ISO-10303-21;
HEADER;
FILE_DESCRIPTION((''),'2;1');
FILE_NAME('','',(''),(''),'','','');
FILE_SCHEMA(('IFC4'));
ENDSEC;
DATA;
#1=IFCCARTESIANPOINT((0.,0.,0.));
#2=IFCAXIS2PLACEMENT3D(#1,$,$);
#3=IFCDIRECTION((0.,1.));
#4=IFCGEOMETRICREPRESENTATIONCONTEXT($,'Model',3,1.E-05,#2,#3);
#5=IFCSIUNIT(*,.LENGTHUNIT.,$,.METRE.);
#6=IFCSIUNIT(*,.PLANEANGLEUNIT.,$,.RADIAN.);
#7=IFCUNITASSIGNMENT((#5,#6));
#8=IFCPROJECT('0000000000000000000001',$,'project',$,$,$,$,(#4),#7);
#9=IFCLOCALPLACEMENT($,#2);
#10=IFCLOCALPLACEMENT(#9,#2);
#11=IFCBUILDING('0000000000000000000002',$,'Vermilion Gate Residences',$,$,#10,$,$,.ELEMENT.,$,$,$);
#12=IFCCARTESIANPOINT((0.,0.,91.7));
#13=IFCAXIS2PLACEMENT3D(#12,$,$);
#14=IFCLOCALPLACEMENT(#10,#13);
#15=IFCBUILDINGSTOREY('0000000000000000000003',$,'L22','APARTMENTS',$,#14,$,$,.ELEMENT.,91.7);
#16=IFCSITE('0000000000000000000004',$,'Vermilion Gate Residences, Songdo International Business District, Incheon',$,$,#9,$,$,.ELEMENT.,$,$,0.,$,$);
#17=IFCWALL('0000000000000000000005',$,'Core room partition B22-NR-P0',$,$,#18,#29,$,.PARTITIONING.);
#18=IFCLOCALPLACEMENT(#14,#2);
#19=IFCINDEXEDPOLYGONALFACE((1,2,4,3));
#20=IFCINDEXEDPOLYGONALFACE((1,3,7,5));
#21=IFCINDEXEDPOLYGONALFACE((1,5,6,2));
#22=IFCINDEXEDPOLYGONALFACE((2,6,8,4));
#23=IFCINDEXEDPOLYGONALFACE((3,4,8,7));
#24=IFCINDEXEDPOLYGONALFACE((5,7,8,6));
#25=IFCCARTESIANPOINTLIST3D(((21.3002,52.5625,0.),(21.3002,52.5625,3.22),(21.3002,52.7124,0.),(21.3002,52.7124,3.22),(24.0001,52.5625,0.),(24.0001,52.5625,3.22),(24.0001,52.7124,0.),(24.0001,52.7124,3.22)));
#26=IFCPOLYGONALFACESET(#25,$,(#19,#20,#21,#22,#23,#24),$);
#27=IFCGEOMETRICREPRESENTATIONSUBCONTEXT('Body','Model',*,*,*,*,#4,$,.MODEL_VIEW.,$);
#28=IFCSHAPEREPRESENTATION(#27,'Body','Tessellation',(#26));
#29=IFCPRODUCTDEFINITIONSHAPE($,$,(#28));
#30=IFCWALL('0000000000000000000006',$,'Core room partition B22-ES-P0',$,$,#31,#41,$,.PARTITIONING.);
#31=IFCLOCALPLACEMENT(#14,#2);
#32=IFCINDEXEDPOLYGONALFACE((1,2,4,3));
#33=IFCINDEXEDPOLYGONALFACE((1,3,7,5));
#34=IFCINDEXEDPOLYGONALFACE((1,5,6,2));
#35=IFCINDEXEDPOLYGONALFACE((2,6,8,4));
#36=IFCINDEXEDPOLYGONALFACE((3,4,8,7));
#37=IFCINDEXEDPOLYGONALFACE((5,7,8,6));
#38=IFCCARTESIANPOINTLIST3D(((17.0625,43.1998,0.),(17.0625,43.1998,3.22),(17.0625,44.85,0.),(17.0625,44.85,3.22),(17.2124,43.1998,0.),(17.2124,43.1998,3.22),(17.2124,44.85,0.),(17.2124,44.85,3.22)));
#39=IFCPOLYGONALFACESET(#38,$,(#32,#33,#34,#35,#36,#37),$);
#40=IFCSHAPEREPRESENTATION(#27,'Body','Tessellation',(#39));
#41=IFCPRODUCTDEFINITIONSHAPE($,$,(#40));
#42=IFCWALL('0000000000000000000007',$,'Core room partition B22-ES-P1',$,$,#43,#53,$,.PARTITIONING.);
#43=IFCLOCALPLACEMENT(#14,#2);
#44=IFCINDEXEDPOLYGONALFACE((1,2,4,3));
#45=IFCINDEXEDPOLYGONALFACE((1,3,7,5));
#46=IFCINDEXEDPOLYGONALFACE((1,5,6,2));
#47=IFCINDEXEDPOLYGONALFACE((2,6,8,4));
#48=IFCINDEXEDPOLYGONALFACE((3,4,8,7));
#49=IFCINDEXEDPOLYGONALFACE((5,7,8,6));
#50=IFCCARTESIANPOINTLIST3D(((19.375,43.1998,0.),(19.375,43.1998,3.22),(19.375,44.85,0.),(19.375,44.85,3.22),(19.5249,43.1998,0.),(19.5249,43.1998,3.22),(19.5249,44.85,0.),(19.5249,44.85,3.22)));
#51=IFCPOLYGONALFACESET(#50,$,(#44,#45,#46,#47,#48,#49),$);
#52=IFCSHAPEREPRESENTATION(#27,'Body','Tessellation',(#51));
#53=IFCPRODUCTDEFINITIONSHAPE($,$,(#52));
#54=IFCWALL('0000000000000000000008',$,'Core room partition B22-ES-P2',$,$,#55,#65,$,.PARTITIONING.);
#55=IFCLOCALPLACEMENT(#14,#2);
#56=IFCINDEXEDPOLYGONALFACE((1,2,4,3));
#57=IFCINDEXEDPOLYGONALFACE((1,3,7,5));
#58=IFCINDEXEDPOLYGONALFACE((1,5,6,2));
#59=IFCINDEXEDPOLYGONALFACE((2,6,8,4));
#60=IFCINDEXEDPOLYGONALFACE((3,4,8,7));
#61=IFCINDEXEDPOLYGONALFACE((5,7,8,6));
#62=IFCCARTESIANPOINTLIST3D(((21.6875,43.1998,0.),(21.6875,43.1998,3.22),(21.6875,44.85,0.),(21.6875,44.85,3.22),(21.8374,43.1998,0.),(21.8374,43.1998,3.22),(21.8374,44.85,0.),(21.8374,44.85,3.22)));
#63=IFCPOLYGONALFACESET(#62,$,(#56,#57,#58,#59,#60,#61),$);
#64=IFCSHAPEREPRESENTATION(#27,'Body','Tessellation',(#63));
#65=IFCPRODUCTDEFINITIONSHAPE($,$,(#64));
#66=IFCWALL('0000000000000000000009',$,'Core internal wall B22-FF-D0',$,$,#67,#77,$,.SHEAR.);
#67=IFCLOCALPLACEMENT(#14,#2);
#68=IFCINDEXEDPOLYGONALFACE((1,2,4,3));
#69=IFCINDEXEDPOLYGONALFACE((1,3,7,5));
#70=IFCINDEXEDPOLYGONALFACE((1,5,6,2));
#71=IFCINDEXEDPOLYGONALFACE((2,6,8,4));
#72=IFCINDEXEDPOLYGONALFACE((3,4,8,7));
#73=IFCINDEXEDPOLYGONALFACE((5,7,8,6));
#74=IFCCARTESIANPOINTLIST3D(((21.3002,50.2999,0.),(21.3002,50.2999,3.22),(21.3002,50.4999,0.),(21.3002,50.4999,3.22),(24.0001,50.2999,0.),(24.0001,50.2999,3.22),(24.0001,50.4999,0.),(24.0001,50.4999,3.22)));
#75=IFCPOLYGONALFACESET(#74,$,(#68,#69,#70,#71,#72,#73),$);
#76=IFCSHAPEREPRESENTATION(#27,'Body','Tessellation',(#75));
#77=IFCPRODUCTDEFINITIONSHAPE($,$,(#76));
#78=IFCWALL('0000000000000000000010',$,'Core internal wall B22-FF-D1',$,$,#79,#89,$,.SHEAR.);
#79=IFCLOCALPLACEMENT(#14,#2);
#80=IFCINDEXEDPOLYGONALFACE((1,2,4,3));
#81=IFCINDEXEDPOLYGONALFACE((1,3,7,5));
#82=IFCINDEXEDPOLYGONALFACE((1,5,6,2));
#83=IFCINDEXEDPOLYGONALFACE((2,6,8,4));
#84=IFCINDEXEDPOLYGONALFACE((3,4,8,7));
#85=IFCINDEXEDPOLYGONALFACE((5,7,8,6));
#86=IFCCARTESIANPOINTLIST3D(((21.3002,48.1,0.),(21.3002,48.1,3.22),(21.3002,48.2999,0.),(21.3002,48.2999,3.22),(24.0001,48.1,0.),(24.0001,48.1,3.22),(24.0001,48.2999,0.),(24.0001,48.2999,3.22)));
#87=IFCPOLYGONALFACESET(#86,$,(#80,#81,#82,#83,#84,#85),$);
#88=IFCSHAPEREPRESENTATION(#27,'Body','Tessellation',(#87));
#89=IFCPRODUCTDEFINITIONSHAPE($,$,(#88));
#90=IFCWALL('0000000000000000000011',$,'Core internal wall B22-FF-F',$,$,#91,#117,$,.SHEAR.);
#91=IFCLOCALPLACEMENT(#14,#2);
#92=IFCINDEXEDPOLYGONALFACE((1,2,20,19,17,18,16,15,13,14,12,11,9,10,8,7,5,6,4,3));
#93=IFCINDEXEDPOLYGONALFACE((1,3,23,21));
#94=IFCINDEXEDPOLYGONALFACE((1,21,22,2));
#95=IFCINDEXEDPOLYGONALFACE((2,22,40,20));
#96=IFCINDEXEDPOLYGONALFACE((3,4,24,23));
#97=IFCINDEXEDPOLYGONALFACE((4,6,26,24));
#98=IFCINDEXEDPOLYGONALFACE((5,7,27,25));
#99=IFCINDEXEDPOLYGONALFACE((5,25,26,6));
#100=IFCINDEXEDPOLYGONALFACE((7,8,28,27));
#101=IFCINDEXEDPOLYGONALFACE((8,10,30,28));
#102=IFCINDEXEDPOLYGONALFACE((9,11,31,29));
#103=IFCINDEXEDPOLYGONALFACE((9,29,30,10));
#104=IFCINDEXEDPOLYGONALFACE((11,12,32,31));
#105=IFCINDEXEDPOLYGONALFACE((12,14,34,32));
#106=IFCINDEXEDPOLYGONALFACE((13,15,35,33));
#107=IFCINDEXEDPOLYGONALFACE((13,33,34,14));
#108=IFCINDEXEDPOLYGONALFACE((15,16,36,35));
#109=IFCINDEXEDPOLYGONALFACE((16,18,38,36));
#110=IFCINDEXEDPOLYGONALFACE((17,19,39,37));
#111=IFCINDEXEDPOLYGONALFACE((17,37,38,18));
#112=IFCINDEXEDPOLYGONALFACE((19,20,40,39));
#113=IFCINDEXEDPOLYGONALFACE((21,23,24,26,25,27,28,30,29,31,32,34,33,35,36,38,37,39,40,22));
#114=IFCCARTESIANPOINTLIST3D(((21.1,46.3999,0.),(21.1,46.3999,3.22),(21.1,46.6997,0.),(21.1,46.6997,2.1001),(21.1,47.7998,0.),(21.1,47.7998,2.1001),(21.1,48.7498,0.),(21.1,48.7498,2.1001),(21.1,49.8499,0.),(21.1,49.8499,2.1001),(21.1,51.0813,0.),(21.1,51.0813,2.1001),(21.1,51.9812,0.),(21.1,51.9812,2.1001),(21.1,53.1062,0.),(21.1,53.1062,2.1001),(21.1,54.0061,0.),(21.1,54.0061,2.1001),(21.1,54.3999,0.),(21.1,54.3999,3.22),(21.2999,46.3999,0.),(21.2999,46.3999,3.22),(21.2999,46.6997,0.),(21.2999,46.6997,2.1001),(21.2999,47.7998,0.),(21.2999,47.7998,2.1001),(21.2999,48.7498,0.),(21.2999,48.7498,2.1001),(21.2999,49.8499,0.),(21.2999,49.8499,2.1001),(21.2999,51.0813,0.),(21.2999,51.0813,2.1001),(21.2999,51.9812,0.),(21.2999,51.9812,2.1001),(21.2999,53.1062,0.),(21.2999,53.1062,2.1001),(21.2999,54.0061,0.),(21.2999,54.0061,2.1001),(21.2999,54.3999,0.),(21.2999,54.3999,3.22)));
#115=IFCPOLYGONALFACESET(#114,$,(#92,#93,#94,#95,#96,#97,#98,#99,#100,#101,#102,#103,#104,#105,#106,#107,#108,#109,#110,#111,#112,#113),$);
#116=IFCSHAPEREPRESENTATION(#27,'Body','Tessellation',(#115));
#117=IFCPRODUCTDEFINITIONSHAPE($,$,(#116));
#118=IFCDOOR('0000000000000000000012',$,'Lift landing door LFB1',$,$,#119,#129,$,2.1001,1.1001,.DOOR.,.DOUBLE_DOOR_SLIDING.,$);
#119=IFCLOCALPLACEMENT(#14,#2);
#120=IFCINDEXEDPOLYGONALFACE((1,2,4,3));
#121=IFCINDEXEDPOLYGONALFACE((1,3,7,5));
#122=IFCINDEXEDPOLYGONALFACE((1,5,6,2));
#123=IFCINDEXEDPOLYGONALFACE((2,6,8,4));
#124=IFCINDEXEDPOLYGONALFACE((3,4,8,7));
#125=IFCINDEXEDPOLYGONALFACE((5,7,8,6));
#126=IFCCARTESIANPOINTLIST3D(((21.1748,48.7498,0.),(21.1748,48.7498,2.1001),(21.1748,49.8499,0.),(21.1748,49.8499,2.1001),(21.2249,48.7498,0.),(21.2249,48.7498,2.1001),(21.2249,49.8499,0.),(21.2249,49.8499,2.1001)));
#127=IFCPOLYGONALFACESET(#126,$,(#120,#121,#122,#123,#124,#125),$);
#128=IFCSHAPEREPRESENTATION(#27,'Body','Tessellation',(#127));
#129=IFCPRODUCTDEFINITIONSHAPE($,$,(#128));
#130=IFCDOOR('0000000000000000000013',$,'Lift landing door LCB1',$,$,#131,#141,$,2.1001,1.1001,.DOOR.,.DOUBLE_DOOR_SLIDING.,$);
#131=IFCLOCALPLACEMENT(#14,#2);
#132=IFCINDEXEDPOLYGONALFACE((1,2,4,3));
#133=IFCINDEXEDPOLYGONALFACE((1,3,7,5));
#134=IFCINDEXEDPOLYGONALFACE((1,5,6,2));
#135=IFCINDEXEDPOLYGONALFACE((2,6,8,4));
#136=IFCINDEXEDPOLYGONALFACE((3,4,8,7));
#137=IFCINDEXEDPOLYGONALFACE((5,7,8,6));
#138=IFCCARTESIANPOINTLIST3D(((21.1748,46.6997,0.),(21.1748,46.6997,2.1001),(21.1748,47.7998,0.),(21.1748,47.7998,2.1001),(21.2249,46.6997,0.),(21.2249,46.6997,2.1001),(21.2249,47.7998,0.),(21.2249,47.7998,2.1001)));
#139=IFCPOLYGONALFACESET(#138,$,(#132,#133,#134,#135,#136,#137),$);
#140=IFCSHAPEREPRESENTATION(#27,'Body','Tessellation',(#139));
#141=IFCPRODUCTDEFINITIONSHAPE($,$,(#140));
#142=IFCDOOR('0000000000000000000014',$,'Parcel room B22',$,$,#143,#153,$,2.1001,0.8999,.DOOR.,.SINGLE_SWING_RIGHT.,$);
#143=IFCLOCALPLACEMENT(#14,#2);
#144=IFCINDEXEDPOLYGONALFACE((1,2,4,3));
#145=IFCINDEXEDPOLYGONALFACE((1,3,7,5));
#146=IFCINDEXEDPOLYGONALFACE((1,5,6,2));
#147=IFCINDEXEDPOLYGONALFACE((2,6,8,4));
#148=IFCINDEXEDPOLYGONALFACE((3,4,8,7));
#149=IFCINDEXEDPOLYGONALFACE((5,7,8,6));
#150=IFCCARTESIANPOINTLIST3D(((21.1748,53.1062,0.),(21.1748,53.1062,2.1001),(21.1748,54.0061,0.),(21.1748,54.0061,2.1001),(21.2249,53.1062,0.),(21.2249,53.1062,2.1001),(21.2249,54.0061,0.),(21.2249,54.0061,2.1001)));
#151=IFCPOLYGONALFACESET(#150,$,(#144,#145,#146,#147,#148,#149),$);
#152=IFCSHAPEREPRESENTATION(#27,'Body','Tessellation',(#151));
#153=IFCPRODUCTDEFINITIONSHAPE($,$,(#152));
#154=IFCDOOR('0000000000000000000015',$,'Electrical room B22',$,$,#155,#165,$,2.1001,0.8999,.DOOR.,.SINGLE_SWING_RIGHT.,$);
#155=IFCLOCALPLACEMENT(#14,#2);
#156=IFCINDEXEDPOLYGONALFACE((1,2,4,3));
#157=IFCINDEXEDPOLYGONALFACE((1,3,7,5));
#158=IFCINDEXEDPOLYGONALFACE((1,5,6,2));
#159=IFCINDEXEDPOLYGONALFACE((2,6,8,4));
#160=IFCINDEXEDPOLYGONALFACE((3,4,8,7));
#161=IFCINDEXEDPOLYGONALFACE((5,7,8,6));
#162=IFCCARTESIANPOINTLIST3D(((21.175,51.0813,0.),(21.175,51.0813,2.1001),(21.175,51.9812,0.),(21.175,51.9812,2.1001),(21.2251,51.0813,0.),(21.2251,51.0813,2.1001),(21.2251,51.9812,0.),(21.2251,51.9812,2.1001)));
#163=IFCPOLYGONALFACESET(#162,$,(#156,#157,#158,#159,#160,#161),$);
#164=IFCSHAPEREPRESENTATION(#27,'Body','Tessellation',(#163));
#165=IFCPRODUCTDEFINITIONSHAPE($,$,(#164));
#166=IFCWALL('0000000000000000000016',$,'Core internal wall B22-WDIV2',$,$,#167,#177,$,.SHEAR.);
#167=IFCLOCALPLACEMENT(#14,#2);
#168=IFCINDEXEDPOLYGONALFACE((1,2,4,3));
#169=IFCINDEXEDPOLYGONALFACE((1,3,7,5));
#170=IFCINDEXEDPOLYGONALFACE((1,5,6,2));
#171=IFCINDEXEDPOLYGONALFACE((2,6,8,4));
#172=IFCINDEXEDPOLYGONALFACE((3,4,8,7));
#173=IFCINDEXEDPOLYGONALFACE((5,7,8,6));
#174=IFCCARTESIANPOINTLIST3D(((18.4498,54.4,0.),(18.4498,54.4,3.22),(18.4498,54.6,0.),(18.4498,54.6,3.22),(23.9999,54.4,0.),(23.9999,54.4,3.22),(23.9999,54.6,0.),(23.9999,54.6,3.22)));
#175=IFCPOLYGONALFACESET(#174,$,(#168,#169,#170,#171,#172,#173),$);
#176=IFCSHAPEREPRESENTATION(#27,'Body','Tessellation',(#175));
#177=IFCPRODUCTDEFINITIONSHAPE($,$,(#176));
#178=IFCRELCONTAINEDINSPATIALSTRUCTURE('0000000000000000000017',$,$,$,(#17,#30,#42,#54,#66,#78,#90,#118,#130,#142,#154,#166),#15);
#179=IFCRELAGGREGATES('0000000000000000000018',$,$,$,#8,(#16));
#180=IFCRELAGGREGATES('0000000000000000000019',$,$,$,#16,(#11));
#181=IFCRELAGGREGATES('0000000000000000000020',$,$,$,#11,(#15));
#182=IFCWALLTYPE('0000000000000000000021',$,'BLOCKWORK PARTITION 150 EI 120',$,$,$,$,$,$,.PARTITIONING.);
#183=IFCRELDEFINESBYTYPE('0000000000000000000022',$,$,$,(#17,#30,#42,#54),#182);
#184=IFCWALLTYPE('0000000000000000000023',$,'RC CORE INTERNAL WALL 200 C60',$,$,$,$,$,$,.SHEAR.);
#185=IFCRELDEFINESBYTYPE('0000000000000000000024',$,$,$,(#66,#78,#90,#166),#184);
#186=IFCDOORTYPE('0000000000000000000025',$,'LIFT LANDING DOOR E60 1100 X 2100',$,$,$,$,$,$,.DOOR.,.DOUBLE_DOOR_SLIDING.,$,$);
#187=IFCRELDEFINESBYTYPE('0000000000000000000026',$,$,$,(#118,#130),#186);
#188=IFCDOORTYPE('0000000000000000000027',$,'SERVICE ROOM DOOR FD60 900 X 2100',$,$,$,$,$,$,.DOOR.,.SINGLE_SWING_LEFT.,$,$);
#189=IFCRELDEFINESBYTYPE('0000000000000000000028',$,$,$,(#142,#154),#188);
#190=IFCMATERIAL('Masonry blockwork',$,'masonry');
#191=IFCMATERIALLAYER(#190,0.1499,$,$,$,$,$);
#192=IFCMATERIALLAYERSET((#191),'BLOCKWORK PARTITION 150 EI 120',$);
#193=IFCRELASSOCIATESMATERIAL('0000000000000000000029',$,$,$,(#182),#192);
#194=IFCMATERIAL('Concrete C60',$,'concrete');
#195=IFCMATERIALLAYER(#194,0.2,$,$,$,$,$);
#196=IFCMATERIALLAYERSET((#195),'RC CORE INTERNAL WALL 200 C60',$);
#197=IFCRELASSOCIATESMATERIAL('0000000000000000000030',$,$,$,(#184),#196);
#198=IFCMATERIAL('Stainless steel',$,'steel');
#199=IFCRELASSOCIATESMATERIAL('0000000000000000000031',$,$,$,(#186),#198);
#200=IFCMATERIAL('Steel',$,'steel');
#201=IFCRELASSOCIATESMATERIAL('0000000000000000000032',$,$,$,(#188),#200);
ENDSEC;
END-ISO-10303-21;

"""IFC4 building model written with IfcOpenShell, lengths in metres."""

from ifc_helpers import new_model, si_unit, direction, frame, frame_2d, origin, place, context, subcontext, project, spatial, rectangle, extrude, material, layer, layer_set, type_object, element, fill, save


model = new_model("IFC4")

# Units and contexts
model_context = context("Model", 3, precision=1e-05, world=origin(), true_north=direction((0.0, 1.0)))
body_context = subcontext(model_context, "Body", "Model", "MODEL_VIEW")
ifc_project = project(units=[si_unit("LENGTHUNIT", "METRE"), si_unit("PLANEANGLEUNIT", "RADIAN")], contexts=[model_context])

# Site, building, storey
site_placement = place(None, origin())
site = spatial("IfcSite", under=ifc_project, at=site_placement, Name="Vermilion Gate Residences, Songdo International Business District, Incheon", CompositionType="ELEMENT", RefElevation=0.0)
building_placement = place(site_placement, origin())
building = spatial("IfcBuilding", under=site, at=building_placement, Name="Vermilion Gate Residences", CompositionType="ELEMENT")
storey_placement = place(building_placement, frame((0.0, 0.0, 91.7)))
storey = spatial("IfcBuildingStorey", under=building, at=storey_placement, Name="L22", Description="APARTMENTS", CompositionType="ELEMENT", Elevation=91.7)

# Walls
ifc_material_1 = material(Name="Masonry blockwork", Category="masonry")
ifc_layer_1 = layer(ifc_material_1, 0.1499)
ifc_layer_set_1 = layer_set([ifc_layer_1], Name="BLOCKWORK PARTITION 150 EI 120")
wall_type_1 = type_object("IfcWallType", Name="BLOCKWORK PARTITION 150 EI 120", PredefinedType="PARTITIONING", material=ifc_layer_set_1)
wall_1_placement = place(storey_placement, frame((21.3, 52.6375, 0.0), z_axis=(0.0, 0.0, 1.0), x_axis=(1.0, 0.0, 0.0)))
element("IfcWall", 1, at=wall_1_placement, inside=storey, type_object=wall_type_1, Name="Core room partition B22-NR-P0", PredefinedType="PARTITIONING", context=body_context, shape_type="SweptSolid", body=[
    extrude(rectangle(XDim=2.7, YDim=0.1499, at=frame_2d((1.3501, 0.0))), origin(), (0.0, 0.0, 1.0), 3.22),
])
for number, where, z_axis, x_axis, name in (
    (2, (17.1375, 44.8501, 0.0), (0.0, 0.0, 1.0), (0.0, -1.0, 0.0), "Core room partition B22-ES-P0"),
    (3, (19.45, 44.8501, 0.0), (0.0, 0.0, 1.0), (0.0, -1.0, 0.0), "Core room partition B22-ES-P1"),
    (4, (21.7625, 44.8501, 0.0), (0.0, 0.0, 1.0), (0.0, -1.0, 0.0), "Core room partition B22-ES-P2"),
):
    element("IfcWall", number, at=place(storey_placement, frame(where, z_axis=z_axis, x_axis=x_axis)), inside=storey, type_object=wall_type_1, Name=name, PredefinedType="PARTITIONING", context=body_context, shape_type="SweptSolid", body=[
        extrude(rectangle(XDim=1.6501, YDim=0.1499, at=frame_2d((0.8252, 0.0))), origin(), (0.0, 0.0, 1.0), 3.22),
    ])
ifc_material_2 = material(Name="Concrete C60", Category="concrete")
ifc_layer_2 = layer(ifc_material_2, 0.2)
ifc_layer_set_2 = layer_set([ifc_layer_2], Name="RC CORE INTERNAL WALL 200 C60")
wall_type_2 = type_object("IfcWallType", Name="RC CORE INTERNAL WALL 200 C60", PredefinedType="SHEAR", material=ifc_layer_set_2)
for number, where, z_axis, x_axis, name in (
    (5, (21.3, 50.3999, 0.0), (0.0, 0.0, 1.0), (1.0, 0.0, 0.0), "Core internal wall B22-FF-D0"),
    (6, (21.3, 48.2, 0.0), (0.0, 0.0, 1.0), (1.0, 0.0, 0.0), "Core internal wall B22-FF-D1"),
):
    element("IfcWall", number, at=place(storey_placement, frame(where, z_axis=z_axis, x_axis=x_axis)), inside=storey, type_object=wall_type_2, Name=name, PredefinedType="SHEAR", context=body_context, shape_type="SweptSolid", body=[
        extrude(rectangle(XDim=2.7, YDim=0.2, at=frame_2d((1.3501, 0.0))), origin(), (0.0, 0.0, 1.0), 3.22),
    ])

# Wall, openings, doors
wall_2_placement = place(storey_placement, frame((21.2, 54.3999, 0.0), z_axis=(0.0, 0.0, 1.0), x_axis=(0.0, -1.0, 0.0)))
wall_2 = element("IfcWall", 7, at=wall_2_placement, inside=storey, type_object=wall_type_2, Name="Core internal wall B22-FF-F", PredefinedType="SHEAR", context=body_context, shape_type="SweptSolid", body=[
    extrude(rectangle(XDim=8.0, YDim=0.2, at=frame_2d((4.0, 0.0))), origin(), (0.0, 0.0, 1.0), 3.22),
])
opening_1_placement = place(wall_2_placement, frame((0.3938, 0.0, 0.0)))
opening_1 = element("IfcOpeningElement", 8, at=opening_1_placement, cuts=wall_2, PredefinedType="OPENING", context=body_context, shape_type="SweptSolid", body=[
    extrude(rectangle(XDim=0.8999, YDim=2.1001, at=frame_2d((0.45, 1.05))), frame((0.0, 0.1099, 0.0), z_axis=(0.0, -1.0, 0.0), x_axis=(1.0, 0.0, 0.0)), (0.0, 0.0, 1.0), 0.22),
])
opening_2_placement = place(wall_2_placement, frame((2.4187, 0.0, 0.0)))
opening_2 = element("IfcOpeningElement", 9, at=opening_2_placement, cuts=wall_2, PredefinedType="OPENING", context=body_context, shape_type="SweptSolid", body=[
    extrude(rectangle(XDim=0.8999, YDim=2.1001, at=frame_2d((0.45, 1.05))), frame((0.0, 0.1099, 0.0), z_axis=(0.0, -1.0, 0.0), x_axis=(1.0, 0.0, 0.0)), (0.0, 0.0, 1.0), 0.22),
])
opening_3_placement = place(wall_2_placement, frame((4.55, 0.0, 0.0)))
opening_3 = element("IfcOpeningElement", 10, at=opening_3_placement, cuts=wall_2, PredefinedType="OPENING", context=body_context, shape_type="SweptSolid", body=[
    extrude(rectangle(XDim=1.1001, YDim=2.1001, at=frame_2d((0.55, 1.05))), frame((0.0, 0.1099, 0.0), z_axis=(0.0, -1.0, 0.0), x_axis=(1.0, 0.0, 0.0)), (0.0, 0.0, 1.0), 0.22),
])
opening_4_placement = place(wall_2_placement, frame((6.6001, 0.0, 0.0)))
opening_4 = element("IfcOpeningElement", 11, at=opening_4_placement, cuts=wall_2, PredefinedType="OPENING", context=body_context, shape_type="SweptSolid", body=[
    extrude(rectangle(XDim=1.1001, YDim=2.1001, at=frame_2d((0.55, 1.05))), frame((0.0, 0.1099, 0.0), z_axis=(0.0, -1.0, 0.0), x_axis=(1.0, 0.0, 0.0)), (0.0, 0.0, 1.0), 0.22),
])
ifc_material_3 = material(Name="Stainless steel", Category="steel")
door_type_1 = type_object("IfcDoorType", Name="LIFT LANDING DOOR E60 1100 X 2100", OperationType="DOUBLE_DOOR_SLIDING", PredefinedType="DOOR", material=ifc_material_3)
door_1_placement = place(opening_3_placement, origin())
door_1 = element("IfcDoor", 12, at=door_1_placement, inside=storey, type_object=door_type_1, Name="Lift landing door LFB1", OperationType="DOUBLE_DOOR_SLIDING", OverallHeight=2.1001, OverallWidth=1.1001, PredefinedType="DOOR", context=body_context, shape_type="SweptSolid", body=[
    extrude(rectangle(XDim=1.1001, YDim=2.1001, at=frame_2d((0.55, 1.05))), frame((0.0, 0.0249, 0.0), z_axis=(0.0, -1.0, 0.0), x_axis=(1.0, 0.0, 0.0)), (0.0, 0.0, 1.0), 0.05),
])
fill(opening_3, door_1)
door_2_placement = place(opening_4_placement, origin())
door_2 = element("IfcDoor", 13, at=door_2_placement, inside=storey, type_object=door_type_1, Name="Lift landing door LCB1", OperationType="DOUBLE_DOOR_SLIDING", OverallHeight=2.1001, OverallWidth=1.1001, PredefinedType="DOOR", context=body_context, shape_type="SweptSolid", body=[
    extrude(rectangle(XDim=1.1001, YDim=2.1001, at=frame_2d((0.55, 1.05))), frame((0.0, 0.0249, 0.0), z_axis=(0.0, -1.0, 0.0), x_axis=(1.0, 0.0, 0.0)), (0.0, 0.0, 1.0), 0.05),
])
fill(opening_4, door_2)
ifc_material_4 = material(Name="Steel", Category="steel")
door_type_2 = type_object("IfcDoorType", Name="SERVICE ROOM DOOR FD60 900 X 2100", OperationType="SINGLE_SWING_LEFT", PredefinedType="DOOR", material=ifc_material_4)
door_3_placement = place(opening_1_placement, origin())
door_3 = element("IfcDoor", 14, at=door_3_placement, inside=storey, type_object=door_type_2, Name="Parcel room B22", OperationType="SINGLE_SWING_RIGHT", OverallHeight=2.1001, OverallWidth=0.8999, PredefinedType="DOOR", context=body_context, shape_type="SweptSolid", body=[
    extrude(rectangle(XDim=0.8999, YDim=2.1001, at=frame_2d((0.45, 1.05))), frame((0.0, 0.0249, 0.0), z_axis=(0.0, -1.0, 0.0), x_axis=(1.0, 0.0, 0.0)), (0.0, 0.0, 1.0), 0.05),
])
fill(opening_1, door_3)
door_4_placement = place(opening_2_placement, frame((0.8999, 0.0, 0.0), z_axis=(0.0, 0.0, 1.0), x_axis=(-1.0, 0.0, 0.0)))
door_4 = element("IfcDoor", 15, at=door_4_placement, inside=storey, type_object=door_type_2, Name="Electrical room B22", OperationType="SINGLE_SWING_RIGHT", OverallHeight=2.1001, OverallWidth=0.8999, PredefinedType="DOOR", context=body_context, shape_type="SweptSolid", body=[
    extrude(rectangle(XDim=0.8999, YDim=2.1001, at=frame_2d((0.45, 1.05))), frame((0.0, 0.0249, 0.0), z_axis=(0.0, -1.0, 0.0), x_axis=(1.0, 0.0, 0.0)), (0.0, 0.0, 1.0), 0.05),
])
fill(opening_2, door_4)

# Wall
wall_3_placement = place(storey_placement, frame((18.45, 54.5, 0.0), z_axis=(0.0, 0.0, 1.0), x_axis=(1.0, 0.0, 0.0)))
element("IfcWall", 16, at=wall_3_placement, inside=storey, type_object=wall_type_2, Name="Core internal wall B22-WDIV2", PredefinedType="SHEAR", context=body_context, shape_type="SweptSolid", body=[
    extrude(rectangle(XDim=5.55, YDim=0.2, at=frame_2d((2.7749, 0.0))), origin(), (0.0, 0.0, 1.0), 3.22),
])

save(model, "model.ifc")
